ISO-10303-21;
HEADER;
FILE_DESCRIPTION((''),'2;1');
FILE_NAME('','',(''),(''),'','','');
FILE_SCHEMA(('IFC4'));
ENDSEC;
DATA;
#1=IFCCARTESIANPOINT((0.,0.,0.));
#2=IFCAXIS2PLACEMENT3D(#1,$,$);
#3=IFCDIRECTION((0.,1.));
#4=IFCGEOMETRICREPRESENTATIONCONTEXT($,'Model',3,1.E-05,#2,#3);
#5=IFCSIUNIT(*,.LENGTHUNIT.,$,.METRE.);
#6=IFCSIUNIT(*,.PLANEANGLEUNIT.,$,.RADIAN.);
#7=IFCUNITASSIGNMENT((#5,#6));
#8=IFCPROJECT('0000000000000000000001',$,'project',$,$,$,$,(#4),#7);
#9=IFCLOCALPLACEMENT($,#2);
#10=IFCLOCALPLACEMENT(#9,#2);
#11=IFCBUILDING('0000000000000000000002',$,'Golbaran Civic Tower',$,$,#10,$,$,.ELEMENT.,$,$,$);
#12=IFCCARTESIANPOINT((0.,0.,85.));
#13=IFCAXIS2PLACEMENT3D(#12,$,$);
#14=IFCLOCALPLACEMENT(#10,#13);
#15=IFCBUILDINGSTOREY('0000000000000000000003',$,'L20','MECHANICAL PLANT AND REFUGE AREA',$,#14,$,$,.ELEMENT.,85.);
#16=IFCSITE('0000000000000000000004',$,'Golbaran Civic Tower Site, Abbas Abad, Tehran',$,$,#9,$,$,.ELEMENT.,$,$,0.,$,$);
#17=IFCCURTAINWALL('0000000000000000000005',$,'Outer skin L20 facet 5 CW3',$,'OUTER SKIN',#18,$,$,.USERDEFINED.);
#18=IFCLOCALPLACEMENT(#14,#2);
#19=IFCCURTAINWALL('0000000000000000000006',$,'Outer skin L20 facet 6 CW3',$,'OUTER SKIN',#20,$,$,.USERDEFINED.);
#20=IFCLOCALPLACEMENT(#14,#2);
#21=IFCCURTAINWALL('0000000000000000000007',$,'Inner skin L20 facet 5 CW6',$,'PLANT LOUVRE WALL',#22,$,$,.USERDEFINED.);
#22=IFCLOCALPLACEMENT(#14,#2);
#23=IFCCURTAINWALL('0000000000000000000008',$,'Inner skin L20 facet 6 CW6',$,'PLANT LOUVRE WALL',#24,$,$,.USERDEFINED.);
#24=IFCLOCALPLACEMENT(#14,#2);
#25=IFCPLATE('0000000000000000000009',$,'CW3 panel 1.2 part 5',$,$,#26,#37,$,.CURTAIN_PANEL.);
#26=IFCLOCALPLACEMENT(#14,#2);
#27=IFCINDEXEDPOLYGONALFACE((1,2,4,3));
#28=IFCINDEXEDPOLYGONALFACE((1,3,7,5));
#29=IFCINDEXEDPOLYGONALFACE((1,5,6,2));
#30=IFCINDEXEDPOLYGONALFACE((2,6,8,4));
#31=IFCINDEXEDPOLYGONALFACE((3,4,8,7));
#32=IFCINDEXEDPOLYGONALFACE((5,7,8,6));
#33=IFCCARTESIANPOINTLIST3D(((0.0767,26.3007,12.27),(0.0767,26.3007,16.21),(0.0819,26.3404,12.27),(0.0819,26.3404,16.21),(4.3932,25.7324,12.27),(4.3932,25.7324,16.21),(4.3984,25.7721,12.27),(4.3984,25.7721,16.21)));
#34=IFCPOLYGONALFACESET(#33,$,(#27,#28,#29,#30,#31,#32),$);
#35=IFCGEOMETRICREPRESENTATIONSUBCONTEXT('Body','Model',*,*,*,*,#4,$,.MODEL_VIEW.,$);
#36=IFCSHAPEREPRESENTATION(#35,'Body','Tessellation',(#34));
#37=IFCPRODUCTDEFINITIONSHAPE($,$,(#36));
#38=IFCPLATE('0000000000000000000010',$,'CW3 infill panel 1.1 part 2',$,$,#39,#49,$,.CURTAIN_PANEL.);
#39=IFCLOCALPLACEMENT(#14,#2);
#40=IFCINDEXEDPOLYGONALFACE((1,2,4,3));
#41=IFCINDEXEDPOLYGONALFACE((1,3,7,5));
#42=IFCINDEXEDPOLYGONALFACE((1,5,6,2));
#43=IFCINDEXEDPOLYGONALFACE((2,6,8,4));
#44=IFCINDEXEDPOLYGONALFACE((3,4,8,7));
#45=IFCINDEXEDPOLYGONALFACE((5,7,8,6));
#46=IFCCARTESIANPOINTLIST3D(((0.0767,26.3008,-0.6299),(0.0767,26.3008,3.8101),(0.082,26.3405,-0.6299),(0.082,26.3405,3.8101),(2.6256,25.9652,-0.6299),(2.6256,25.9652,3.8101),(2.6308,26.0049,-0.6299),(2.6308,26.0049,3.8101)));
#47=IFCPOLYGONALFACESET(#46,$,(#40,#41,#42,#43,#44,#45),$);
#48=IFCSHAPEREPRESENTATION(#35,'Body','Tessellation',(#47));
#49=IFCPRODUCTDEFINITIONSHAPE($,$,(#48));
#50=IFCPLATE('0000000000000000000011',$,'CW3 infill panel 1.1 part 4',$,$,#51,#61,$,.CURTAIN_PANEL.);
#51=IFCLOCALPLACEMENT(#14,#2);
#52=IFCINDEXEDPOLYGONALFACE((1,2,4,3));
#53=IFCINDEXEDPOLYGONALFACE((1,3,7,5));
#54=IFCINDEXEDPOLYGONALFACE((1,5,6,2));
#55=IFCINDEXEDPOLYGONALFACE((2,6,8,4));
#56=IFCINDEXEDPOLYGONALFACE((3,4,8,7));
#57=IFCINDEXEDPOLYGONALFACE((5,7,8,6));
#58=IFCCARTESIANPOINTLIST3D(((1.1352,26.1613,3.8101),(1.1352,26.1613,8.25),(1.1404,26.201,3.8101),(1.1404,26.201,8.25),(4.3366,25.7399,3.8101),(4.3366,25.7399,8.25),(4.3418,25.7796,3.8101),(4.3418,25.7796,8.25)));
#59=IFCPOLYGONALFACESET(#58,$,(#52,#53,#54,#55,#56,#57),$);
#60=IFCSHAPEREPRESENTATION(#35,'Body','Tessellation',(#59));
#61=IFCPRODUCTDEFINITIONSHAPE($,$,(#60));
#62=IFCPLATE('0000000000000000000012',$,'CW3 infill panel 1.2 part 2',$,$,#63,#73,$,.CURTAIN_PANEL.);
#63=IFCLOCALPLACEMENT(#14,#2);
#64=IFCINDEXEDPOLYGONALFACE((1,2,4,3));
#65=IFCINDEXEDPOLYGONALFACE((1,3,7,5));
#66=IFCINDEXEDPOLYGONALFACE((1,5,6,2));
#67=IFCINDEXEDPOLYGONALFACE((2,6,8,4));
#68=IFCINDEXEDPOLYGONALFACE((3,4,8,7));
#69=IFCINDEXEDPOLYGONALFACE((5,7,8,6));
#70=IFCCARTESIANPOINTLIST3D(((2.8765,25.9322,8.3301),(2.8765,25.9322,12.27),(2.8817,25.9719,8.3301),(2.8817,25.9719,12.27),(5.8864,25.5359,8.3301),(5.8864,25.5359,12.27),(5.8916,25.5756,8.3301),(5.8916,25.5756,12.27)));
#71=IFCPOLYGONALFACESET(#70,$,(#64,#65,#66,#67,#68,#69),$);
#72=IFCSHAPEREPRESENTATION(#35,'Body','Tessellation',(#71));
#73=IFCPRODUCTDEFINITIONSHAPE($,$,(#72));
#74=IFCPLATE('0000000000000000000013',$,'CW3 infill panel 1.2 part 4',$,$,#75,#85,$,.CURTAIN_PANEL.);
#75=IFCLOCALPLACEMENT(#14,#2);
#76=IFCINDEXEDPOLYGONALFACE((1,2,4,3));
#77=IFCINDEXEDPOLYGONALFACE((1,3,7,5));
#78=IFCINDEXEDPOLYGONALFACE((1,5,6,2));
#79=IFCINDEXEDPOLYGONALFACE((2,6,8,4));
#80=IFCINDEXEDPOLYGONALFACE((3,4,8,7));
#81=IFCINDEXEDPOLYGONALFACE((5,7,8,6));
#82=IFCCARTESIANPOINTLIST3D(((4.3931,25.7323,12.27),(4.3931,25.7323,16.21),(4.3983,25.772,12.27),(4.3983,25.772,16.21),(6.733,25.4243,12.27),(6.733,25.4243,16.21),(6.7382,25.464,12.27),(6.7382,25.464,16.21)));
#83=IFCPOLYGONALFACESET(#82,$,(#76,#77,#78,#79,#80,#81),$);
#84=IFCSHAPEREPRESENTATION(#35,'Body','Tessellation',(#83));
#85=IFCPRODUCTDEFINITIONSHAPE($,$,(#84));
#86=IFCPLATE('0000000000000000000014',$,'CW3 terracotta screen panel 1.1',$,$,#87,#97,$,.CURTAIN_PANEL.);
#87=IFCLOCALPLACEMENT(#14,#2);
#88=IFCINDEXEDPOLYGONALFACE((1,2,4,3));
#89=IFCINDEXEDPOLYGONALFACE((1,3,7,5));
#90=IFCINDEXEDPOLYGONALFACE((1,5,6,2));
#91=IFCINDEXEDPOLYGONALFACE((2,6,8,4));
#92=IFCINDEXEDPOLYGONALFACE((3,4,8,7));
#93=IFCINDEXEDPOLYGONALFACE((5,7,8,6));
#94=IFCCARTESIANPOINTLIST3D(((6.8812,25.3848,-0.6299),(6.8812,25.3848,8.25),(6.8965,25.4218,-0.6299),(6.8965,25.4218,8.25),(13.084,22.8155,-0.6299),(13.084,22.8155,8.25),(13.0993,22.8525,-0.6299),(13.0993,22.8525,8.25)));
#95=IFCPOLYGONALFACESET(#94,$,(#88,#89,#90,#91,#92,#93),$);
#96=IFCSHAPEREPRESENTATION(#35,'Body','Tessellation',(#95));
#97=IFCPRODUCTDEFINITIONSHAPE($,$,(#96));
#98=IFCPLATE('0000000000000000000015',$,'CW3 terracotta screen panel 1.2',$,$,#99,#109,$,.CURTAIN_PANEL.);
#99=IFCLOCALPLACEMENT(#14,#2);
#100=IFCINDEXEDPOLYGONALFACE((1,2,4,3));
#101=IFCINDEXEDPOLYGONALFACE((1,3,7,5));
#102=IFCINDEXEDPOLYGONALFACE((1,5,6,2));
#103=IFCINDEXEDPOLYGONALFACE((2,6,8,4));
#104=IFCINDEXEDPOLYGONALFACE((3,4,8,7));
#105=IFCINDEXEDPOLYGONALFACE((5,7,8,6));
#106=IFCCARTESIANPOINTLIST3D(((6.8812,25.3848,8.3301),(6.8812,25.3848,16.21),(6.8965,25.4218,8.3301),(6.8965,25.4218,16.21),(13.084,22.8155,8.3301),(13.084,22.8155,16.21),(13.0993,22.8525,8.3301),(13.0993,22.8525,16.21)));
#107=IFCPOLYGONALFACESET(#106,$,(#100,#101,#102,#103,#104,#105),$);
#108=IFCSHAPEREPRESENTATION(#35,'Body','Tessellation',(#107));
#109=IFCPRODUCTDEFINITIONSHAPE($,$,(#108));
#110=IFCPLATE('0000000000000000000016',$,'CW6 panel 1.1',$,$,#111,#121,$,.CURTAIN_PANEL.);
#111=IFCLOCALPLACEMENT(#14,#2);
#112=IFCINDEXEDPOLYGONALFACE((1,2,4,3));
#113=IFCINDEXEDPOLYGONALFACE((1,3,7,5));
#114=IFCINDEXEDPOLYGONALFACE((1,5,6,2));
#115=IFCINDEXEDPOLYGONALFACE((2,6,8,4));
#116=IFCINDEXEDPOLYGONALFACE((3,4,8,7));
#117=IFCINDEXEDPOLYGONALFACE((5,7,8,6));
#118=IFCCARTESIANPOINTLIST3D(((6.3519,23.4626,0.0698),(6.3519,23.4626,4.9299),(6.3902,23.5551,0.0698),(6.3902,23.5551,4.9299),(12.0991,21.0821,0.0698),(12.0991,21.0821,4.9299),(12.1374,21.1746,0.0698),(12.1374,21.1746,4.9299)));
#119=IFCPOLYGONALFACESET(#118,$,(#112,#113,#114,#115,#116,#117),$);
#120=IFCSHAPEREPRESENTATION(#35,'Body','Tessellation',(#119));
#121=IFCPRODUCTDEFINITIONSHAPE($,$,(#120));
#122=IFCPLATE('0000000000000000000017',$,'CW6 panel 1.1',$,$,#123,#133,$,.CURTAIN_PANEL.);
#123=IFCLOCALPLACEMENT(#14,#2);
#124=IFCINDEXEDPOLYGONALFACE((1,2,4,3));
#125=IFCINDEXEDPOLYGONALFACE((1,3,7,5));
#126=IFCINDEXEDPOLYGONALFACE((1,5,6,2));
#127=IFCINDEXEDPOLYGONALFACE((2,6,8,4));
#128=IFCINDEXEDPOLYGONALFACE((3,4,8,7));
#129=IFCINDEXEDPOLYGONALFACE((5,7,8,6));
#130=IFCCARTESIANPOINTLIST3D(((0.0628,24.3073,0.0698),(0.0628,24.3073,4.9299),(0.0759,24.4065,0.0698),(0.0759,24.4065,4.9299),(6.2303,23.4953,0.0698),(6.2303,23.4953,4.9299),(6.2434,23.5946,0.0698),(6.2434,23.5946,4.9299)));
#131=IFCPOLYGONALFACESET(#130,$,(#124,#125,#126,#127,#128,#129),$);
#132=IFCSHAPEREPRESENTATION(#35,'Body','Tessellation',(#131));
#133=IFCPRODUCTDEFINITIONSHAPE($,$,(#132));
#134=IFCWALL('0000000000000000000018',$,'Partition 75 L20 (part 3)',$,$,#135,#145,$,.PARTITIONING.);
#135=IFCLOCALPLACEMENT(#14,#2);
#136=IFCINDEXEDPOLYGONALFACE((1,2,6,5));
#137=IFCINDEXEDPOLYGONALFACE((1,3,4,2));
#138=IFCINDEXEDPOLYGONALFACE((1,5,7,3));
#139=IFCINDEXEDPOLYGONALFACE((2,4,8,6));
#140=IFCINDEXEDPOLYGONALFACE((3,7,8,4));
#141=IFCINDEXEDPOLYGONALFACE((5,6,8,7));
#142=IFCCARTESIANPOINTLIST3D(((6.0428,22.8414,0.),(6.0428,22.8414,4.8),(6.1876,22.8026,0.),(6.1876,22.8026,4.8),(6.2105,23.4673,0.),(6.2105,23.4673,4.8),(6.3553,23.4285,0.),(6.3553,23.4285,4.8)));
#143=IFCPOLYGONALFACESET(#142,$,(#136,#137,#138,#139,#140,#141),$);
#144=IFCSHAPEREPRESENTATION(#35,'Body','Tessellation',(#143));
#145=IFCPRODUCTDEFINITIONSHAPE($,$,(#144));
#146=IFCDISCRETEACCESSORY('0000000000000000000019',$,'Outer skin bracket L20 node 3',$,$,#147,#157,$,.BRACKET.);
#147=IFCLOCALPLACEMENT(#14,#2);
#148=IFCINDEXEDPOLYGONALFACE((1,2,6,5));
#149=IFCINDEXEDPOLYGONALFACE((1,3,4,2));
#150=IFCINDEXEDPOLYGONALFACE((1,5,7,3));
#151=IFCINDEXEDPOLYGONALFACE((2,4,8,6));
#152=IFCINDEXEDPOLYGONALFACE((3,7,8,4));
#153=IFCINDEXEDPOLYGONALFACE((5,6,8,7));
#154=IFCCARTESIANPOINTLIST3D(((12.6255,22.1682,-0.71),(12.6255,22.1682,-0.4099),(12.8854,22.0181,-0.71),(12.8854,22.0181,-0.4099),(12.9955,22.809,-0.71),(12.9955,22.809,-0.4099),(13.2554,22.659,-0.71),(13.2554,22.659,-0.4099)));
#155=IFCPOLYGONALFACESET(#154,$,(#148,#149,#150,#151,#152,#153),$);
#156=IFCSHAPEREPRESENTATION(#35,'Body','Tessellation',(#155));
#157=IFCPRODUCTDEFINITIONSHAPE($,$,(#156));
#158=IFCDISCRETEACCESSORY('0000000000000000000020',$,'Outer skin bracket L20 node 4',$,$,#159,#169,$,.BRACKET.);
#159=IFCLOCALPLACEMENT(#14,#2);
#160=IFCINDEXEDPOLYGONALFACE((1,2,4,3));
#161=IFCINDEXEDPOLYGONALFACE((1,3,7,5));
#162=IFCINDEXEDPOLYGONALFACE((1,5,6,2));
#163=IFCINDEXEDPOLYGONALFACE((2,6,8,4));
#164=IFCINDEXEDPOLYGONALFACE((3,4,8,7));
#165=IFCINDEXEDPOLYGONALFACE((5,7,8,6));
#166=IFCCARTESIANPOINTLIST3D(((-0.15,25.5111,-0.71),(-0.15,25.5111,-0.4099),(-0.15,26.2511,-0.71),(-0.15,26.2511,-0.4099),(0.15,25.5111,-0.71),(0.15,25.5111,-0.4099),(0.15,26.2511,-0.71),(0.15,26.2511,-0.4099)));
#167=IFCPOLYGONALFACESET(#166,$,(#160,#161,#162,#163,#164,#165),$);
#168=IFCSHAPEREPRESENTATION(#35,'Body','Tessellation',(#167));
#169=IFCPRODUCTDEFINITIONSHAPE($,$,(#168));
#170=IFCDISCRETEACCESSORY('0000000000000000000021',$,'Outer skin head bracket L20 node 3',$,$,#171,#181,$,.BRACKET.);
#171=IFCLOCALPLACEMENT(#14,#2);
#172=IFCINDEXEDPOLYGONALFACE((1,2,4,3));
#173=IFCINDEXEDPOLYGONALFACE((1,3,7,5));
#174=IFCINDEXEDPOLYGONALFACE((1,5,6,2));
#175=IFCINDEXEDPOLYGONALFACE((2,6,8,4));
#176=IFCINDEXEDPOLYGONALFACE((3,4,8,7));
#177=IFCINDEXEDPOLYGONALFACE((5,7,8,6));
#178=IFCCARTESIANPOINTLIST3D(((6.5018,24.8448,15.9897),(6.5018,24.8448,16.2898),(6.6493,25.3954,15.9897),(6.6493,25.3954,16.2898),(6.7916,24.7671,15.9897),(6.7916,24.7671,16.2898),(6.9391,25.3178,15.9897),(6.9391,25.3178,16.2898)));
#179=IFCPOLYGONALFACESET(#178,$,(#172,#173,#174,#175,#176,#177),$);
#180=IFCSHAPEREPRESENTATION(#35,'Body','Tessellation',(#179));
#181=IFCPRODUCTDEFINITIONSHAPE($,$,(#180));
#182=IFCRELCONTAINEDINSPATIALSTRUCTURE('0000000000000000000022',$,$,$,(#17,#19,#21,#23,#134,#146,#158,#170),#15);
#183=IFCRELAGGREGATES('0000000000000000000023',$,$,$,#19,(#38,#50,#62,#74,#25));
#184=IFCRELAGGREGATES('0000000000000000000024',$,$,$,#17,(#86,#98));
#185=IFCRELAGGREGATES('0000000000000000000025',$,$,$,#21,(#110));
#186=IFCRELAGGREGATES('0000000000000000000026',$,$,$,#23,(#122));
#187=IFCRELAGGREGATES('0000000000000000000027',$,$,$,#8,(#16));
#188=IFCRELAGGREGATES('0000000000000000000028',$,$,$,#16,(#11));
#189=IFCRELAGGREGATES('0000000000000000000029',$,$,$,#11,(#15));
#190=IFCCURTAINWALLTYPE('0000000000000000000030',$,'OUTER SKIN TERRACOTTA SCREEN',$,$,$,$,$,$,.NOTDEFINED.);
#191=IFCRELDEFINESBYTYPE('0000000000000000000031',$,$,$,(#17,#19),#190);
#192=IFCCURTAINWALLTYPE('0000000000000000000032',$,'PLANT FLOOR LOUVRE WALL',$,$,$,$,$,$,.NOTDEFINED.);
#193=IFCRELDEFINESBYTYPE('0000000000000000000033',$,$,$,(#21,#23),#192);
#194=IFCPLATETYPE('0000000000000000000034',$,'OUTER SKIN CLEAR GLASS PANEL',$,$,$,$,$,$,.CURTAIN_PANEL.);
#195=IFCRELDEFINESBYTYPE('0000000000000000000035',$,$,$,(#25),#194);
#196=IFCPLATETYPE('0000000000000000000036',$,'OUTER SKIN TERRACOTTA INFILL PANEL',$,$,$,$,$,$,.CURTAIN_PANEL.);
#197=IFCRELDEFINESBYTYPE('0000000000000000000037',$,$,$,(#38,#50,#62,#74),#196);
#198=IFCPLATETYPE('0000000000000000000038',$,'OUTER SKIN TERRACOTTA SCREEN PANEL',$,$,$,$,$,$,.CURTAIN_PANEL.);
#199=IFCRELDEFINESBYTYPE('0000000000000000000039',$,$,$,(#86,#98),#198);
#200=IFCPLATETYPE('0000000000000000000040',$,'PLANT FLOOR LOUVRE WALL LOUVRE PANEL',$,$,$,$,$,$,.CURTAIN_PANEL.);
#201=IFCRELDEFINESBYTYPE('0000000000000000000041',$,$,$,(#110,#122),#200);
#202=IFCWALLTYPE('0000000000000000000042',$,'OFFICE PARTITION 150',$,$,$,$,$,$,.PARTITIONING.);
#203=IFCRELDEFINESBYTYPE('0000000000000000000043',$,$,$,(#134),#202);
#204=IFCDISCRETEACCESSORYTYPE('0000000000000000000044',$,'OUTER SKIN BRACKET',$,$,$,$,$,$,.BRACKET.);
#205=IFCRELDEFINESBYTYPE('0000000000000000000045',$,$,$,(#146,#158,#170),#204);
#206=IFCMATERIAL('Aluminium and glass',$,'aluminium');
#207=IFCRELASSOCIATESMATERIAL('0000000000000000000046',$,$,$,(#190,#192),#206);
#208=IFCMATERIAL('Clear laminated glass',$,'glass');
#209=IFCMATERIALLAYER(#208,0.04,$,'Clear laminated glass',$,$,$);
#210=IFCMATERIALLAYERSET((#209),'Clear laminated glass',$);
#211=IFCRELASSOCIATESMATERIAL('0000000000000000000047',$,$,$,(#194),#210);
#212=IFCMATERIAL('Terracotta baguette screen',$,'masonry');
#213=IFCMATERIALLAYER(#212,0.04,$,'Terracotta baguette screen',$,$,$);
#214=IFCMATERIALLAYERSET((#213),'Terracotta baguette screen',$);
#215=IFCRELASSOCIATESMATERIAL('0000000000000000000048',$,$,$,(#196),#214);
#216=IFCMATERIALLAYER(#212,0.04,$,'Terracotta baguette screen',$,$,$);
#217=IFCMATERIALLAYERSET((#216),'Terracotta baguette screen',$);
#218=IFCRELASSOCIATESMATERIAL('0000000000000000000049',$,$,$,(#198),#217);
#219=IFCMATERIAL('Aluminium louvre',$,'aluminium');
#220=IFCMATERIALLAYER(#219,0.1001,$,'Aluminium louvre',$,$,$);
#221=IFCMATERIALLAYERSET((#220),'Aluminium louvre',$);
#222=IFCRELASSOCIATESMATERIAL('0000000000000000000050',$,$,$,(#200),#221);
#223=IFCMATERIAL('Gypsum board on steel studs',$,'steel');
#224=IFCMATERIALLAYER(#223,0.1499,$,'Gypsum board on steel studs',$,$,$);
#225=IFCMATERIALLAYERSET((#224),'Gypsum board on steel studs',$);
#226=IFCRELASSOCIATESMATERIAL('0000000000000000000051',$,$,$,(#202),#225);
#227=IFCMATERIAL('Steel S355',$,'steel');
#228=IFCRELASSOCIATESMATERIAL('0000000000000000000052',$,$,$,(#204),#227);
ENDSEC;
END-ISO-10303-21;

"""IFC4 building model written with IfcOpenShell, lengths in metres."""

from ifc_helpers import new_model, si_unit, direction, frame, frame_2d, origin, origin_2d, place, context, subcontext, project, spatial, rectangle, extrude, material, layer, layer_set, type_object, element, aggregate, save


model = new_model("IFC4")

# Units and contexts
model_context = context("Model", 3, precision=1e-05, world=origin(), true_north=direction((0.0, 1.0)))
body_context = subcontext(model_context, "Body", "Model", "MODEL_VIEW")
ifc_project = project(units=[si_unit("LENGTHUNIT", "METRE"), si_unit("PLANEANGLEUNIT", "RADIAN")], contexts=[model_context])

# Site, building, storey
site_placement = place(None, origin())
site = spatial("IfcSite", under=ifc_project, at=site_placement, Name="Golbaran Civic Tower Site, Abbas Abad, Tehran", CompositionType="ELEMENT", RefElevation=0.0)
building_placement = place(site_placement, origin())
building = spatial("IfcBuilding", under=site, at=building_placement, Name="Golbaran Civic Tower", CompositionType="ELEMENT")
storey_placement = place(building_placement, frame((0.0, 0.0, 85.0)))
storey = spatial("IfcBuildingStorey", under=building, at=storey_placement, Name="L20", Description="MECHANICAL PLANT AND REFUGE AREA", CompositionType="ELEMENT", Elevation=85.0)

# Shared definitions
ifc_material_1 = material(Name="Steel S355", Category="steel")

# Curtain walls
ifc_material_2 = material(Name="Aluminium and glass", Category="aluminium")
curtain_wall_type_1 = type_object("IfcCurtainWallType", Name="OUTER SKIN TERRACOTTA SCREEN", PredefinedType="NOTDEFINED", material=ifc_material_2)
curtain_wall_1_placement = place(storey_placement, origin())
curtain_wall_1 = element("IfcCurtainWall", 1, at=curtain_wall_1_placement, inside=storey, type_object=curtain_wall_type_1, Name="Outer skin L20 facet 5 CW3", ObjectType="OUTER SKIN", PredefinedType="USERDEFINED")
curtain_wall_2_placement = place(storey_placement, origin())
curtain_wall_2 = element("IfcCurtainWall", 2, at=curtain_wall_2_placement, inside=storey, type_object=curtain_wall_type_1, Name="Outer skin L20 facet 6 CW3", ObjectType="OUTER SKIN", PredefinedType="USERDEFINED")

# Curtain walls
curtain_wall_type_2 = type_object("IfcCurtainWallType", Name="PLANT FLOOR LOUVRE WALL", PredefinedType="NOTDEFINED", material=ifc_material_2)
curtain_wall_3_placement = place(storey_placement, origin())
curtain_wall_3 = element("IfcCurtainWall", 3, at=curtain_wall_3_placement, inside=storey, type_object=curtain_wall_type_2, Name="Inner skin L20 facet 5 CW6", ObjectType="PLANT LOUVRE WALL", PredefinedType="USERDEFINED")
curtain_wall_4_placement = place(storey_placement, origin())
curtain_wall_4 = element("IfcCurtainWall", 4, at=curtain_wall_4_placement, inside=storey, type_object=curtain_wall_type_2, Name="Inner skin L20 facet 6 CW6", ObjectType="PLANT LOUVRE WALL", PredefinedType="USERDEFINED")

# Plates
ifc_material_3 = material(Name="Clear laminated glass", Category="glass")
ifc_layer_1 = layer(ifc_material_3, 0.04, Name="Clear laminated glass")
ifc_layer_set_1 = layer_set([ifc_layer_1], Name="Clear laminated glass")
plate_type_1 = type_object("IfcPlateType", Name="OUTER SKIN CLEAR GLASS PANEL", PredefinedType="CURTAIN_PANEL", material=ifc_layer_set_1)
plate_1_placement = place(storey_placement, frame((2.2375, 26.0364, 12.27), z_axis=(0.0, 0.0, 1.0), x_axis=(-0.991445, 0.130526, 0.0)))
plate_1 = element("IfcPlate", 5, at=plate_1_placement, type_object=plate_type_1, Name="CW3 panel 1.2 part 5", PredefinedType="CURTAIN_PANEL", context=body_context, shape_type="SweptSolid", body=[
    extrude(rectangle(XDim=4.3538, YDim=0.04, at=origin_2d()), origin(), (0.0, 0.0, 1.0), 3.9399),
])
ifc_material_4 = material(Name="Terracotta baguette screen", Category="masonry")
ifc_layer_2 = layer(ifc_material_4, 0.04, Name="Terracotta baguette screen")
ifc_layer_set_2 = layer_set([ifc_layer_2], Name="Terracotta baguette screen")
plate_type_2 = type_object("IfcPlateType", Name="OUTER SKIN TERRACOTTA INFILL PANEL", PredefinedType="CURTAIN_PANEL", material=ifc_layer_set_2)
plate_2_placement = place(storey_placement, frame((1.3538, 26.1528, -0.6299), z_axis=(0.0, 0.0, 1.0), x_axis=(-0.991445, 0.130526, 0.0)))
plate_2 = element("IfcPlate", 6, at=plate_2_placement, type_object=plate_type_2, Name="CW3 infill panel 1.1 part 2", PredefinedType="CURTAIN_PANEL", context=body_context, shape_type="SweptSolid", body=[
    extrude(rectangle(XDim=2.5708, YDim=0.04, at=origin_2d()), origin(), (0.0, 0.0, 1.0), 4.4399),
])
plate_3_placement = place(storey_placement, frame((2.7385, 25.9705, 3.8101), z_axis=(0.0, 0.0, 1.0), x_axis=(-0.991445, 0.130526, 0.0)))
plate_3 = element("IfcPlate", 7, at=plate_3_placement, type_object=plate_type_2, Name="CW3 infill panel 1.1 part 4", PredefinedType="CURTAIN_PANEL", context=body_context, shape_type="SweptSolid", body=[
    extrude(rectangle(XDim=3.229, YDim=0.04, at=origin_2d()), origin(), (0.0, 0.0, 1.0), 4.4399),
])
plate_4_placement = place(storey_placement, frame((4.384, 25.7539, 8.3301), z_axis=(0.0, 0.0, 1.0), x_axis=(-0.991445, 0.130526, 0.0)))
plate_4 = element("IfcPlate", 8, at=plate_4_placement, type_object=plate_type_2, Name="CW3 infill panel 1.2 part 2", PredefinedType="CURTAIN_PANEL", context=body_context, shape_type="SweptSolid", body=[
    extrude(rectangle(XDim=3.0359, YDim=0.04, at=origin_2d()), origin(), (0.0, 0.0, 1.0), 3.9399),
])
plate_5_placement = place(storey_placement, frame((5.5657, 25.5981, 12.27), z_axis=(0.0, 0.0, 1.0), x_axis=(-0.991445, 0.130526, 0.0)))
plate_5 = element("IfcPlate", 9, at=plate_5_placement, type_object=plate_type_2, Name="CW3 infill panel 1.2 part 4", PredefinedType="CURTAIN_PANEL", context=body_context, shape_type="SweptSolid", body=[
    extrude(rectangle(XDim=2.3601, YDim=0.04, at=origin_2d()), origin(), (0.0, 0.0, 1.0), 3.9399),
])
aggregate(curtain_wall_2, [plate_2, plate_3, plate_4, plate_5, plate_1])
ifc_layer_3 = layer(ifc_material_4, 0.04, Name="Terracotta baguette screen")
ifc_layer_set_3 = layer_set([ifc_layer_3], Name="Terracotta baguette screen")
plate_type_3 = type_object("IfcPlateType", Name="OUTER SKIN TERRACOTTA SCREEN PANEL", PredefinedType="CURTAIN_PANEL", material=ifc_layer_set_3)
plate_6_placement = place(storey_placement, frame((9.9902, 24.1187, -0.6299), z_axis=(0.0, 0.0, 1.0), x_axis=(-0.92388, 0.382683, 0.0)))
plate_6 = element("IfcPlate", 10, at=plate_6_placement, type_object=plate_type_3, Name="CW3 terracotta screen panel 1.1", PredefinedType="CURTAIN_PANEL", context=body_context, shape_type="SweptSolid", body=[
    extrude(rectangle(XDim=6.7139, YDim=0.04, at=origin_2d()), origin(), (0.0, 0.0, 1.0), 8.8799),
])
plate_7_placement = place(storey_placement, frame((9.9902, 24.1187, 8.3301), z_axis=(0.0, 0.0, 1.0), x_axis=(-0.92388, 0.382683, 0.0)))
plate_7 = element("IfcPlate", 11, at=plate_7_placement, type_object=plate_type_3, Name="CW3 terracotta screen panel 1.2", PredefinedType="CURTAIN_PANEL", context=body_context, shape_type="SweptSolid", body=[
    extrude(rectangle(XDim=6.7139, YDim=0.04, at=origin_2d()), origin(), (0.0, 0.0, 1.0), 7.8799),
])
aggregate(curtain_wall_1, [plate_6, plate_7])
ifc_material_5 = material(Name="Aluminium louvre", Category="aluminium")
ifc_layer_4 = layer(ifc_material_5, 0.1001, Name="Aluminium louvre")
ifc_layer_set_4 = layer_set([ifc_layer_4], Name="Aluminium louvre")
plate_type_4 = type_object("IfcPlateType", Name="PLANT FLOOR LOUVRE WALL LOUVRE PANEL", PredefinedType="CURTAIN_PANEL", material=ifc_layer_set_4)
plate_8_placement = place(storey_placement, frame((9.2446, 22.3186, 0.0698), z_axis=(0.0, 0.0, 1.0), x_axis=(-0.92388, 0.382683, 0.0)))
plate_8 = element("IfcPlate", 12, at=plate_8_placement, type_object=plate_type_4, Name="CW6 panel 1.1", PredefinedType="CURTAIN_PANEL", context=body_context, shape_type="SweptSolid", body=[
    extrude(rectangle(XDim=6.2207, YDim=0.1001, at=origin_2d()), origin(), (0.0, 0.0, 1.0), 4.8601),
])
aggregate(curtain_wall_3, [plate_8])
plate_9_placement = place(storey_placement, frame((3.1531, 23.9509, 0.0698), z_axis=(0.0, 0.0, 1.0), x_axis=(-0.991445, 0.130526, 0.0)))
plate_9 = element("IfcPlate", 13, at=plate_9_placement, type_object=plate_type_4, Name="CW6 panel 1.1", PredefinedType="CURTAIN_PANEL", context=body_context, shape_type="SweptSolid", body=[
    extrude(rectangle(XDim=6.2207, YDim=0.1001, at=origin_2d()), origin(), (0.0, 0.0, 1.0), 4.8601),
])
aggregate(curtain_wall_4, [plate_9])

# Wall
ifc_material_6 = material(Name="Gypsum board on steel studs", Category="steel")
ifc_layer_5 = layer(ifc_material_6, 0.1499, Name="Gypsum board on steel studs")
ifc_layer_set_5 = layer_set([ifc_layer_5], Name="Gypsum board on steel studs")
wall_type = type_object("IfcWallType", Name="OFFICE PARTITION 150", PredefinedType="PARTITIONING", material=ifc_layer_set_5)
wall_placement = place(storey_placement, frame((6.1152, 22.822, 0.0), z_axis=(0.0, 0.0, 1.0), x_axis=(0.258811, 0.965928, 0.0)))
element("IfcWall", 14, at=wall_placement, inside=storey, type_object=wall_type, Name="Partition 75 L20 (part 3)", PredefinedType="PARTITIONING", context=body_context, shape_type="SweptSolid", body=[
    extrude(rectangle(XDim=0.6479, YDim=0.1499, at=frame_2d((0.324, 0.0))), origin(), (0.0, 0.0, 1.0), 4.8),
])

# Discrete accessories
discrete_accessory_type = type_object("IfcDiscreteAccessoryType", Name="OUTER SKIN BRACKET", PredefinedType="BRACKET", material=ifc_material_1)
for number, where, z_axis, x_axis, name in (
    (15, (12.9404, 22.4136, -0.71), (0.0, 0.0, 1.0), (0.5, 0.866025, 0.0), "Outer skin bracket L20 node 3"),
    (16, (0.0, 25.8811, -0.71), (0.0, 0.0, 1.0), (0.0, 1.0, 0.0), "Outer skin bracket L20 node 4"),
):
    element("IfcDiscreteAccessory", number, at=place(storey_placement, frame(where, z_axis=z_axis, x_axis=x_axis)), inside=storey, type_object=discrete_accessory_type, Name=name, PredefinedType="BRACKET", context=body_context, shape_type="SweptSolid", body=[
        extrude(rectangle(XDim=0.74, YDim=0.3, at=origin_2d()), origin(), (0.0, 0.0, 1.0), 0.3),
    ])
discrete_accessory_placement = place(storey_placement, frame((6.7205, 25.0813, 15.9897), z_axis=(0.0, 0.0, 1.0), x_axis=(0.258819, 0.965926, 0.0)))
element("IfcDiscreteAccessory", 17, at=discrete_accessory_placement, inside=storey, type_object=discrete_accessory_type, Name="Outer skin head bracket L20 node 3", PredefinedType="BRACKET", context=body_context, shape_type="SweptSolid", body=[
    extrude(rectangle(XDim=0.5701, YDim=0.3, at=origin_2d()), origin(), (0.0, 0.0, 1.0), 0.3),
])

save(model, "model.ifc")
